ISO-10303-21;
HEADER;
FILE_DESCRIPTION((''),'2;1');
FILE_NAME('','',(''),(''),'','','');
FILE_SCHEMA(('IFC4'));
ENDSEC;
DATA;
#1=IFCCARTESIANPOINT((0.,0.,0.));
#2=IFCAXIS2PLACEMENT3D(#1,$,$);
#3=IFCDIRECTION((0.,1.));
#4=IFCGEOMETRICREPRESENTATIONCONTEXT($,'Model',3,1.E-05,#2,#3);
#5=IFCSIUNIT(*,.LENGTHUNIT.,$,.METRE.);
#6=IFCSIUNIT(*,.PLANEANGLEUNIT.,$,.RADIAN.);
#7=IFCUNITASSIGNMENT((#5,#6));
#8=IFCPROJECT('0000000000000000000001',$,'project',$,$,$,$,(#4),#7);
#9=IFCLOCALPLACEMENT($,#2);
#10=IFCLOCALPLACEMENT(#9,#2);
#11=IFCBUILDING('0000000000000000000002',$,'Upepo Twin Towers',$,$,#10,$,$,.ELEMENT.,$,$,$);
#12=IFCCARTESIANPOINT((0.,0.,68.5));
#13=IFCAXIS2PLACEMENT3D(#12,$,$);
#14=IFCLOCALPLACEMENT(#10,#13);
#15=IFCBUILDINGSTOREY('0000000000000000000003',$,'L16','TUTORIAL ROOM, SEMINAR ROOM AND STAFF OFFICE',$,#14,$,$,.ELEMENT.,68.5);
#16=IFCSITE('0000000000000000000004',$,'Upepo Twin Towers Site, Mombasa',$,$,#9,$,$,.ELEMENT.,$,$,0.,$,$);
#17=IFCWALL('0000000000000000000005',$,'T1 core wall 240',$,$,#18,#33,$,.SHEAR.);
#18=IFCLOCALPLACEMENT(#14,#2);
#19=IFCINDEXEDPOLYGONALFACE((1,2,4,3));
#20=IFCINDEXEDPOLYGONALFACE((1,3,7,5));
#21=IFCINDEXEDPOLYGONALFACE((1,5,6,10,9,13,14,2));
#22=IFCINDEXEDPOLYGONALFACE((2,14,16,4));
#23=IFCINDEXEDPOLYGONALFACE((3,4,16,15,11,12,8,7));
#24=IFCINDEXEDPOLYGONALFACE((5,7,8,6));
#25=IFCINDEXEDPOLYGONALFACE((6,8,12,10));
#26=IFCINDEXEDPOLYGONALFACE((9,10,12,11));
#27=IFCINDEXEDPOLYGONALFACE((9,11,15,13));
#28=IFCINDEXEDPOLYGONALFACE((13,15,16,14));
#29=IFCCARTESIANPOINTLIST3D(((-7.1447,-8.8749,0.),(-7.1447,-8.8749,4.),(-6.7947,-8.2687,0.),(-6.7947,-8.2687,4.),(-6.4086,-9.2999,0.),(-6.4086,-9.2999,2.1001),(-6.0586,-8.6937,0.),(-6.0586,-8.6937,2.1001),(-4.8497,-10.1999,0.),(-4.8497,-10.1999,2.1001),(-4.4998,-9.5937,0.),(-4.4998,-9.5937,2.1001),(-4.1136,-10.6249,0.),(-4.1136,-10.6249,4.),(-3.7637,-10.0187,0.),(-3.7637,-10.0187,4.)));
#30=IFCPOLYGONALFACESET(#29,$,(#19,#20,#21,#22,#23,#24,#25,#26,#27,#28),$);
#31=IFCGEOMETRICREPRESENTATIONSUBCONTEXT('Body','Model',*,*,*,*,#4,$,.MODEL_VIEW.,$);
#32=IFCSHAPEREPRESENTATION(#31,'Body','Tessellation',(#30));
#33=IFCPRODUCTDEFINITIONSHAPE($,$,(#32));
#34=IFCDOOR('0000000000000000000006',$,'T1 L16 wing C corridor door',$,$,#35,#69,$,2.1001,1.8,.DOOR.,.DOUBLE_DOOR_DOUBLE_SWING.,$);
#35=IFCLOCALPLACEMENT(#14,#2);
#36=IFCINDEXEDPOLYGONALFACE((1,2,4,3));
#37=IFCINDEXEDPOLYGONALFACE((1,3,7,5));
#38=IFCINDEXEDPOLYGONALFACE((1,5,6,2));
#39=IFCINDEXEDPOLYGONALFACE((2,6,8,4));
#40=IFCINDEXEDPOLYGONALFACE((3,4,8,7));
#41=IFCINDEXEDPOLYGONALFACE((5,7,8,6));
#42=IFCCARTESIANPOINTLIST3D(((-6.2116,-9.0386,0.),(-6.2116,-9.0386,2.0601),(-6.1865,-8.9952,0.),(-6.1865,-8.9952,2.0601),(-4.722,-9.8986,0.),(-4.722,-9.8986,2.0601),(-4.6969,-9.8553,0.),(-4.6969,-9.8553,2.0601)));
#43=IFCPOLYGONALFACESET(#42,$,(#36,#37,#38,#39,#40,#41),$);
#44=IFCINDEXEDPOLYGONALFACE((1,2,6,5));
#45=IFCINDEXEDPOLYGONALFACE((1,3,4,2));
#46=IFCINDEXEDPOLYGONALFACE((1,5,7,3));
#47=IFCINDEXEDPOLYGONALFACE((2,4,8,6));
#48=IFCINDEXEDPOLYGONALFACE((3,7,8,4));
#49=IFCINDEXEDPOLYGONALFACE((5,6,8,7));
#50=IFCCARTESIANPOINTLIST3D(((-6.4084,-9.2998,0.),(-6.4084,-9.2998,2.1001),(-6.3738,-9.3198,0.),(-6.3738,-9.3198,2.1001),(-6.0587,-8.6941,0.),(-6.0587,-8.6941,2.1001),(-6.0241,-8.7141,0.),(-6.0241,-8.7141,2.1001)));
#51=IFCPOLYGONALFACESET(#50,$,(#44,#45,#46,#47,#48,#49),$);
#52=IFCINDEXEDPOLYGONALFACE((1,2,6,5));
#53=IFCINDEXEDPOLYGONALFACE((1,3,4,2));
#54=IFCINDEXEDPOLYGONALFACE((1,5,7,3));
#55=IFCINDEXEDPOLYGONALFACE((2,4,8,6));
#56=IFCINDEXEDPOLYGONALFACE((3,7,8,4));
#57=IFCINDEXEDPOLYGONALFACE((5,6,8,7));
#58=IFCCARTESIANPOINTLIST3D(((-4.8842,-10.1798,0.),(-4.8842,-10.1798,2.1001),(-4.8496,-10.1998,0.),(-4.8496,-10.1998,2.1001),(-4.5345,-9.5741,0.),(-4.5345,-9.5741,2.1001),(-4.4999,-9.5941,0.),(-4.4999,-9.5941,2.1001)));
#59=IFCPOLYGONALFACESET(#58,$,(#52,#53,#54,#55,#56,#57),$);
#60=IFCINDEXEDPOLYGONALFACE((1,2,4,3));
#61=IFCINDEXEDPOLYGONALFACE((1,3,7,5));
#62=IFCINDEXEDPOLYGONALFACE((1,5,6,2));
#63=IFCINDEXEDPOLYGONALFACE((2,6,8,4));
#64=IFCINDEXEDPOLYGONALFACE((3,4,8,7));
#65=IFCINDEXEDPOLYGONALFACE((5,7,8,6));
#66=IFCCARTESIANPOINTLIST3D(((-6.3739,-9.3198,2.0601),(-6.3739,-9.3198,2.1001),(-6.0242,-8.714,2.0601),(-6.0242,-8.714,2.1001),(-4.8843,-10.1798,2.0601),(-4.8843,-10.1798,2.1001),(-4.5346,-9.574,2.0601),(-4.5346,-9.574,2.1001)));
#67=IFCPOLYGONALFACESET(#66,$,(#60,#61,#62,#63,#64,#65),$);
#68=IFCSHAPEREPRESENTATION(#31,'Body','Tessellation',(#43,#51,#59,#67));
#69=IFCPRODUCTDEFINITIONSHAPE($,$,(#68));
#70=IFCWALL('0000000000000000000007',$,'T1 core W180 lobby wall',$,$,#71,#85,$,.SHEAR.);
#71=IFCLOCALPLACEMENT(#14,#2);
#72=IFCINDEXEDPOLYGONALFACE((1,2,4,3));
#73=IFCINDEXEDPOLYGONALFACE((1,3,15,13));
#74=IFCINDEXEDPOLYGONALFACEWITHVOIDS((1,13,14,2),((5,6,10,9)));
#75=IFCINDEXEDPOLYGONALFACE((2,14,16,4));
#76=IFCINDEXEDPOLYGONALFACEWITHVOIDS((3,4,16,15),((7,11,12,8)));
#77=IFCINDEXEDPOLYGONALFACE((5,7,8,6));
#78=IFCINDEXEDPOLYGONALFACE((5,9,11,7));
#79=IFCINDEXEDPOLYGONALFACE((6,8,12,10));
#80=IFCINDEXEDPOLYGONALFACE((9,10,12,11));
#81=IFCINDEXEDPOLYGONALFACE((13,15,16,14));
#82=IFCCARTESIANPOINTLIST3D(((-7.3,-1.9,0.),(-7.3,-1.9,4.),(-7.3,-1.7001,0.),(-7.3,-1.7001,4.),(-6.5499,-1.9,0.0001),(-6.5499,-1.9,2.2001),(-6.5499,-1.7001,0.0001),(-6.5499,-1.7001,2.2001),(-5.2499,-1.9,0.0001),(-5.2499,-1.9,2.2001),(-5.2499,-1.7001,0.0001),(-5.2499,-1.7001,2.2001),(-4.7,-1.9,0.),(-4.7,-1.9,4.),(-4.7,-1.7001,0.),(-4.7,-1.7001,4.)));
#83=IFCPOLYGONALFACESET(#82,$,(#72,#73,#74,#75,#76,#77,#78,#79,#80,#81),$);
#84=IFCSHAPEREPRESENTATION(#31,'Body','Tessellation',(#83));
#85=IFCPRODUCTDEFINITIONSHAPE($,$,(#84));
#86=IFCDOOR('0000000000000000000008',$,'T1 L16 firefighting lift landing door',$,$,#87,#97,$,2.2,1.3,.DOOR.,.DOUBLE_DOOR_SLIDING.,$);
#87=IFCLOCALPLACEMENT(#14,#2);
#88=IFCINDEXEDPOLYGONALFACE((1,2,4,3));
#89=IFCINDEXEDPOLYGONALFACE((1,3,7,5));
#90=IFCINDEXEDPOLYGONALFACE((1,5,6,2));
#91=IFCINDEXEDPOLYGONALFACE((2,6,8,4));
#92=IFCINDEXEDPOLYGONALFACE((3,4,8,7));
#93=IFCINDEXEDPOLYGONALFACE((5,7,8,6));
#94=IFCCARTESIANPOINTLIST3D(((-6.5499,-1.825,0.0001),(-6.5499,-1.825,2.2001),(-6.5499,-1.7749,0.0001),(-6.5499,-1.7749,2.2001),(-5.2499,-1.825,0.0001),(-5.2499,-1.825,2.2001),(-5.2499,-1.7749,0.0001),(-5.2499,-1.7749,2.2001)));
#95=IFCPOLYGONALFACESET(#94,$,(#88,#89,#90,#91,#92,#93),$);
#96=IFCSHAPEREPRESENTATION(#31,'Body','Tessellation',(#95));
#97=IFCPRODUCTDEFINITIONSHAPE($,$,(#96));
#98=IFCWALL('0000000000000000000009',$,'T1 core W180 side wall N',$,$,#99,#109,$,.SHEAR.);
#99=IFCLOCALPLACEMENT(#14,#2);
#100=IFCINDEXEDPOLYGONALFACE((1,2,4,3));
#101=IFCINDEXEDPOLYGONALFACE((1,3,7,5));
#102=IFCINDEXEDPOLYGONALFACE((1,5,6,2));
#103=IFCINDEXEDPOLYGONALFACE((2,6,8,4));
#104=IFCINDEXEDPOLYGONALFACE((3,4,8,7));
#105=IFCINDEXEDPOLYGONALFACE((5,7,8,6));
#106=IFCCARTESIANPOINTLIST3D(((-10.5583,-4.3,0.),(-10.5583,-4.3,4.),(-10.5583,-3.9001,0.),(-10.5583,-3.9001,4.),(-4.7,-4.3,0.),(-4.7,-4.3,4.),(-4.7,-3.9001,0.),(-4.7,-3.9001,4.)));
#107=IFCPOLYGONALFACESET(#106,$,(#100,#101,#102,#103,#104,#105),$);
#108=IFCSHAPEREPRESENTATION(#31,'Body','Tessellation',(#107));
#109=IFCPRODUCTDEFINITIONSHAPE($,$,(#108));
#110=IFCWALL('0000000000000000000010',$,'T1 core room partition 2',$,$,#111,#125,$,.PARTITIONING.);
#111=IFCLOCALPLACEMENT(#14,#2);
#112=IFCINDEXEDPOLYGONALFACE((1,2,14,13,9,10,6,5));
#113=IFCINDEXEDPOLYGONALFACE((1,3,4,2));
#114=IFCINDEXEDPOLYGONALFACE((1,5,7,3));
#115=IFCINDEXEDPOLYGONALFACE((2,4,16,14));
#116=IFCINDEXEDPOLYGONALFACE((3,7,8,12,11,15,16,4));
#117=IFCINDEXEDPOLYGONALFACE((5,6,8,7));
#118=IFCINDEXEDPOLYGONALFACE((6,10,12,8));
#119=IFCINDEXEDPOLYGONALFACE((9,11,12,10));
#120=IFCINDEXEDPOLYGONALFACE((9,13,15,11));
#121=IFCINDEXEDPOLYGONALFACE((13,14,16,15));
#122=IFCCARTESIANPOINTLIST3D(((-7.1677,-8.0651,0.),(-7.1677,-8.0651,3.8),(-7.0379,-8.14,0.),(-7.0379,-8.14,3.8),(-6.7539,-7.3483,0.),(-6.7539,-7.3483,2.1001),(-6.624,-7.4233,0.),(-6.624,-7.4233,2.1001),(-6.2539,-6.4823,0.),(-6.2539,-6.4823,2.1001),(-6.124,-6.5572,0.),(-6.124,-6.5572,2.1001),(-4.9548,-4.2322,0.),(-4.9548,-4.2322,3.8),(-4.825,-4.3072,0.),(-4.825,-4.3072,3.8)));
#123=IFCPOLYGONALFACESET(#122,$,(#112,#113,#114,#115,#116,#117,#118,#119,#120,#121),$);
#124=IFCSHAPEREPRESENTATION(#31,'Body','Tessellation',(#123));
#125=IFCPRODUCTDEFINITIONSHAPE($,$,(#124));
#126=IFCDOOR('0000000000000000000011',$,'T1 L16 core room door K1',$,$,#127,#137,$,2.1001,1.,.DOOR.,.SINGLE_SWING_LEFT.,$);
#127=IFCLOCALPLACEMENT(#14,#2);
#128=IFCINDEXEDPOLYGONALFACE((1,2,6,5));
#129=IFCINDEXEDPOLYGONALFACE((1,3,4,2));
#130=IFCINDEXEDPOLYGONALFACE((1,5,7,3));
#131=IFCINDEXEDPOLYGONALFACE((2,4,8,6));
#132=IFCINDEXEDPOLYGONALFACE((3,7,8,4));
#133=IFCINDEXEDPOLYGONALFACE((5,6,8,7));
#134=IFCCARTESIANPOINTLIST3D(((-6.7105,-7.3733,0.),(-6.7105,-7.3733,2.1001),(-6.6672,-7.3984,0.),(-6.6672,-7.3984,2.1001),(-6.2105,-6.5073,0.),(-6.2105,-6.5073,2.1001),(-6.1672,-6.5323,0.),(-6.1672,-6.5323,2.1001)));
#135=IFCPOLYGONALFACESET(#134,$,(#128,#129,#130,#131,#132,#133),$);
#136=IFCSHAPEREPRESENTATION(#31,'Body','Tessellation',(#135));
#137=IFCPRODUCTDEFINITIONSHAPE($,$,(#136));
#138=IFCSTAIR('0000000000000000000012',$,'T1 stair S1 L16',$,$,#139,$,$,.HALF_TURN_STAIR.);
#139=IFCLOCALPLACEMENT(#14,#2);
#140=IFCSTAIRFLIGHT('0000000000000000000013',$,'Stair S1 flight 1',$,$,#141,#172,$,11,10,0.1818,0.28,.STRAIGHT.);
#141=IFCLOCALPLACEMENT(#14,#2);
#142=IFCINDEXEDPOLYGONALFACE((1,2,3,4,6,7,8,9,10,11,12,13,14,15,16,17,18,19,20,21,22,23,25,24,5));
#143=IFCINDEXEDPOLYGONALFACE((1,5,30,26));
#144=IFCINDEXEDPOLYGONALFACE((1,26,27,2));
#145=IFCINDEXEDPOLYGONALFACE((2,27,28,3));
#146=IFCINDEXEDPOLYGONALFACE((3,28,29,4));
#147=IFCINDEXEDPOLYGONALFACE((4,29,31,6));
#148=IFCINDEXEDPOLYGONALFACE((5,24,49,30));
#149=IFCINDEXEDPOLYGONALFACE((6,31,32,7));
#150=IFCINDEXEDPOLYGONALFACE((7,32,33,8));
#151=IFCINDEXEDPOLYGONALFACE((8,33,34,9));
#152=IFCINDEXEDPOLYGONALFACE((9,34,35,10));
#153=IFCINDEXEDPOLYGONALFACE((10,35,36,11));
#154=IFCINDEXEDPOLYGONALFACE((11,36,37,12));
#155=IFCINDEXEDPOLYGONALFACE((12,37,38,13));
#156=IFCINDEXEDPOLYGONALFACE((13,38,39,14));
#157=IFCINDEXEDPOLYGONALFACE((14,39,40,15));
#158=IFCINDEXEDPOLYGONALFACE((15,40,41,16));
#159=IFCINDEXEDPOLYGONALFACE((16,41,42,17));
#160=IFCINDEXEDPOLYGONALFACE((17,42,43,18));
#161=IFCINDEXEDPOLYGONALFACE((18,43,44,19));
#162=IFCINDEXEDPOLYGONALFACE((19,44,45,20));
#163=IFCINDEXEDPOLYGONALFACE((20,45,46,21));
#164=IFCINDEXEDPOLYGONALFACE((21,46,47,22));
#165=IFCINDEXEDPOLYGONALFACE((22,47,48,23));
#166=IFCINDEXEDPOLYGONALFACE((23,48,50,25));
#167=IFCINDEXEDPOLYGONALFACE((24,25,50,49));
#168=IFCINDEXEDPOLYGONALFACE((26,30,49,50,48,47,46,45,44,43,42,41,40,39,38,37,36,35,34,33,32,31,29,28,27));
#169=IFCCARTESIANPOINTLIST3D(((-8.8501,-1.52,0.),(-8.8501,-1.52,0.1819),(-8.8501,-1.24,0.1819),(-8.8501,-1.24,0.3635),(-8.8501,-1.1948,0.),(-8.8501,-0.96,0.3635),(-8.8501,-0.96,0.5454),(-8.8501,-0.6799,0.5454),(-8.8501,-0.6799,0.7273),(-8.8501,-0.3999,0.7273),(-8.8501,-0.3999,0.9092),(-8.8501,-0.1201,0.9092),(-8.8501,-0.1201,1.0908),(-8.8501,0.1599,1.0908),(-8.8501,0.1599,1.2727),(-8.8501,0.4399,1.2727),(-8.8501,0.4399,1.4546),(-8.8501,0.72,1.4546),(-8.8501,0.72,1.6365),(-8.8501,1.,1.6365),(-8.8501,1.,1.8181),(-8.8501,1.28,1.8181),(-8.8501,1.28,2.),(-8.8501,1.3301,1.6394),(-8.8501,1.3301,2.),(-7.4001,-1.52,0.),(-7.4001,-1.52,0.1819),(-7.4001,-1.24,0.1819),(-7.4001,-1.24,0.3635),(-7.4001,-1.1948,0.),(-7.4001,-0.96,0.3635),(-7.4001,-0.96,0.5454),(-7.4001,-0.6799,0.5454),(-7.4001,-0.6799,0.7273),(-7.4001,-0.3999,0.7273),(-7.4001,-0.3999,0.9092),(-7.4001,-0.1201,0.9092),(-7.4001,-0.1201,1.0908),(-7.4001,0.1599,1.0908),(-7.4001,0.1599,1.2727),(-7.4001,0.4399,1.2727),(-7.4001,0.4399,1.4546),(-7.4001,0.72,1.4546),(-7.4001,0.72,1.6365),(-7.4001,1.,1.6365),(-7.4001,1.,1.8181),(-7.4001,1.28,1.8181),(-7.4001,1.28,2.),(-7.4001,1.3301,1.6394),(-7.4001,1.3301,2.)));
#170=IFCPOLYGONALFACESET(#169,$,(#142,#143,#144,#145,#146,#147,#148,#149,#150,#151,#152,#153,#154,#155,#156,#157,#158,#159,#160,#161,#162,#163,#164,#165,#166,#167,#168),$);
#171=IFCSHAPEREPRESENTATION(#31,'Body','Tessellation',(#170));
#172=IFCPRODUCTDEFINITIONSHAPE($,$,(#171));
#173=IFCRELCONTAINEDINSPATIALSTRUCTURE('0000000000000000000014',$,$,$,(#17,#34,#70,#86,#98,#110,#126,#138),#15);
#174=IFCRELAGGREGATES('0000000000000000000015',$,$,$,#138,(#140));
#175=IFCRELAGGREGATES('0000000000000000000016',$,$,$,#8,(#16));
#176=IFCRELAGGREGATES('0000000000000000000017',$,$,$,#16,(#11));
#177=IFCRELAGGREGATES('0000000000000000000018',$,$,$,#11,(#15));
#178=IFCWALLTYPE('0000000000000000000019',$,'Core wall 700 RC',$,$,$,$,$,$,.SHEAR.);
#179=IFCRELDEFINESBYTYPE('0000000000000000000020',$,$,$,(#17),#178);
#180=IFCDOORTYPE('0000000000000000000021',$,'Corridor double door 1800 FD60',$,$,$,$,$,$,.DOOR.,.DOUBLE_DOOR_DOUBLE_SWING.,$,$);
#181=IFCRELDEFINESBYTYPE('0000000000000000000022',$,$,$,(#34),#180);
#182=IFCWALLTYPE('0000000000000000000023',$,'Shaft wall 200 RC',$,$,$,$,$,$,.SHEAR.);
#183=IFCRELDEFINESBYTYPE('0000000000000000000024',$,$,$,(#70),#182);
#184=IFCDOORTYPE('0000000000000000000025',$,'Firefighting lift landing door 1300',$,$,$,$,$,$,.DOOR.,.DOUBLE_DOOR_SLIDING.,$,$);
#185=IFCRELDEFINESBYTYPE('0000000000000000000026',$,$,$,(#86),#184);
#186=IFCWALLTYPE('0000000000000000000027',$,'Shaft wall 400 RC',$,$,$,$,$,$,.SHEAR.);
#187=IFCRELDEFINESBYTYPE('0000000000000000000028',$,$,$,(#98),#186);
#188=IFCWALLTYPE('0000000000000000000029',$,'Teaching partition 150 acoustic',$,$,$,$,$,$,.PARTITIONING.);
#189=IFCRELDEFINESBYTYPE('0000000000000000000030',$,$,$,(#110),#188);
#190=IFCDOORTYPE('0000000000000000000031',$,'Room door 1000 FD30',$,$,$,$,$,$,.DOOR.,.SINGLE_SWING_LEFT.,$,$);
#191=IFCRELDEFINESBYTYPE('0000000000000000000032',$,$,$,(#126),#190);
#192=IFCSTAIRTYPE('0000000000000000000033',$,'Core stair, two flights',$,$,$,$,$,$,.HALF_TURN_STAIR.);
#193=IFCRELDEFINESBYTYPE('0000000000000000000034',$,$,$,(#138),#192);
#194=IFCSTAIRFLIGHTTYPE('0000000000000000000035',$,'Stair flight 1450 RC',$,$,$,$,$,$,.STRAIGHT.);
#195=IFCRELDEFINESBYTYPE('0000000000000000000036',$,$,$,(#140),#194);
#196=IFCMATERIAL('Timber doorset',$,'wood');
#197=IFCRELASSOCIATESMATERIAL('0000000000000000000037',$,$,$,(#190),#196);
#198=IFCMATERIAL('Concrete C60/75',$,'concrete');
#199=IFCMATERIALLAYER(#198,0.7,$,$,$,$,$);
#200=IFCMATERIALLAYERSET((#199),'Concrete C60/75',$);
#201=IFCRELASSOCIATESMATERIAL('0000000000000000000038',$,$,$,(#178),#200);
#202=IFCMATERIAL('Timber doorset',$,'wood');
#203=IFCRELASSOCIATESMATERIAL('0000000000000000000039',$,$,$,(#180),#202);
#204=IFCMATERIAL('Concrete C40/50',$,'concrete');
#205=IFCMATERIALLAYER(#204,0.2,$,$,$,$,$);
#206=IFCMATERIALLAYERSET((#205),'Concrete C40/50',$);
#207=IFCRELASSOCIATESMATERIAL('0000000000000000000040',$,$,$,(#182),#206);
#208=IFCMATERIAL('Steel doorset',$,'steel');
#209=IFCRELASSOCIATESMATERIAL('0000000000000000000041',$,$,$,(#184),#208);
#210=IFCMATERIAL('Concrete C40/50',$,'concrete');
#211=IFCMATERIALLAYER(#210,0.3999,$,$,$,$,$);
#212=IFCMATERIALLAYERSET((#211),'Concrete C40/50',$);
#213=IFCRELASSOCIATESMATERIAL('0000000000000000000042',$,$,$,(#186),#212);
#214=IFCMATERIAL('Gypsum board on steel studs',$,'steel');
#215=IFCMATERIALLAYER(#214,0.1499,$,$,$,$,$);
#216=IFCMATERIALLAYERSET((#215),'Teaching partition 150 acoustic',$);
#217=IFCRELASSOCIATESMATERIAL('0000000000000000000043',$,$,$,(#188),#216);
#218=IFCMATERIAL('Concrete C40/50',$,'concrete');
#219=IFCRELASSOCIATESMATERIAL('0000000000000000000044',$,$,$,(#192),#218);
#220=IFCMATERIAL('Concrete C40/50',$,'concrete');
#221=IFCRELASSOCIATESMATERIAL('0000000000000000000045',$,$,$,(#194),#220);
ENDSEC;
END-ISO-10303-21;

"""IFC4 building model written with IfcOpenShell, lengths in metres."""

from ifc_helpers import new_model, si_unit, direction, frame, frame_2d, origin, place, context, subcontext, project, spatial, polyline, rectangle, outline, extrude, material, layer, layer_set, type_object, element, fill, aggregate, save


model = new_model("IFC4")

# Units and contexts
model_context = context("Model", 3, precision=1e-05, world=origin(), true_north=direction((0.0, 1.0)))
body_context = subcontext(model_context, "Body", "Model", "MODEL_VIEW")
ifc_project = project(units=[si_unit("LENGTHUNIT", "METRE"), si_unit("PLANEANGLEUNIT", "RADIAN")], contexts=[model_context])

# Site, building, storey
site_placement = place(None, origin())
site = spatial("IfcSite", under=ifc_project, at=site_placement, Name="Upepo Twin Towers Site, Mombasa", CompositionType="ELEMENT", RefElevation=0.0)
building_placement = place(site_placement, origin())
building = spatial("IfcBuilding", under=site, at=building_placement, Name="Upepo Twin Towers", CompositionType="ELEMENT")
storey_placement = place(building_placement, frame((0.0, 0.0, 68.5)))
storey = spatial("IfcBuildingStorey", under=building, at=storey_placement, Name="L16", Description="TUTORIAL ROOM, SEMINAR ROOM AND STAFF OFFICE", CompositionType="ELEMENT", Elevation=68.5)

# Shared definitions
ifc_material_1 = material(Name="Timber doorset", Category="wood")
door_type_1 = type_object("IfcDoorType", Name="Room door 1000 FD30", OperationType="SINGLE_SWING_LEFT", PredefinedType="DOOR", material=ifc_material_1)

# Shared definitions
ifc_material_2 = material(Name="Concrete C60/75", Category="concrete")
ifc_layer_1 = layer(ifc_material_2, 0.7)
ifc_layer_set_1 = layer_set([ifc_layer_1], Name="Concrete C60/75")
wall_type_1 = type_object("IfcWallType", Name="Core wall 700 RC", PredefinedType="SHEAR", material=ifc_layer_set_1)

# Walls, openings, doors
wall_1_placement = place(storey_placement, frame((-6.9697, -8.5718, 0.0), z_axis=(0.0, 0.0, 1.0), x_axis=(0.866019, -0.50001, 0.0)))
wall_1 = element("IfcWall", 1, at=wall_1_placement, inside=storey, type_object=wall_type_1, Name="T1 core wall 240", PredefinedType="SHEAR", context=body_context, shape_type="SweptSolid", body=[
    extrude(rectangle(XDim=3.5, YDim=0.7, at=frame_2d((1.75, 0.0))), origin(), (0.0, 0.0, 1.0), 4.0),
])
opening_1_placement = place(wall_1_placement, frame((0.8501, 0.0, 0.0)))
opening_1 = element("IfcOpeningElement", 2, at=opening_1_placement, cuts=wall_1, PredefinedType="OPENING", context=body_context, shape_type="SweptSolid", body=[
    extrude(rectangle(XDim=1.8, YDim=2.1001, at=frame_2d((0.8999, 1.05))), frame((0.0, 0.3599, 0.0), z_axis=(0.0, -1.0, 0.0), x_axis=(1.0, 0.0, 0.0)), (0.0, 0.0, 1.0), 0.72),
])
ifc_material_3 = material(Name="Timber doorset", Category="wood")
door_type_2 = type_object("IfcDoorType", Name="Corridor double door 1800 FD60", OperationType="DOUBLE_DOOR_DOUBLE_SWING", PredefinedType="DOOR", material=ifc_material_3)
door_1_placement = place(opening_1_placement, origin())
door_1 = element("IfcDoor", 3, at=door_1_placement, inside=storey, type_object=door_type_2, Name="T1 L16 wing C corridor door", OperationType="DOUBLE_DOOR_DOUBLE_SWING", OverallHeight=2.1001, OverallWidth=1.8, PredefinedType="DOOR", context=body_context, shape_type="SweptSolid", body=[
    extrude(rectangle(XDim=1.72, YDim=2.0601, at=frame_2d((0.8999, 1.03))), frame((0.0, 0.0249, 0.0), z_axis=(0.0, -1.0, 0.0), x_axis=(1.0, 0.0, 0.0)), (0.0, 0.0, 1.0), 0.05),
    extrude(rectangle(XDim=0.04, YDim=2.1001, at=frame_2d((0.02, 1.05))), frame((0.0, 0.3496, 0.0), z_axis=(0.0, -1.0, 0.0), x_axis=(1.0, 0.0, 0.0)), (0.0, 0.0, 1.0), 0.6995),
    extrude(rectangle(XDim=0.04, YDim=2.1001, at=frame_2d((1.78, 1.05))), frame((0.0, 0.3496, 0.0), z_axis=(0.0, -1.0, 0.0), x_axis=(1.0, 0.0, 0.0)), (0.0, 0.0, 1.0), 0.6995),
    extrude(rectangle(XDim=1.72, YDim=0.04, at=frame_2d((0.8999, 2.0801))), frame((0.0, 0.3496, 0.0), z_axis=(0.0, -1.0, 0.0), x_axis=(1.0, 0.0, 0.0)), (0.0, 0.0, 1.0), 0.6995),
])
fill(opening_1, door_1)
ifc_material_4 = material(Name="Concrete C40/50", Category="concrete")
ifc_layer_2 = layer(ifc_material_4, 0.2)
ifc_layer_set_2 = layer_set([ifc_layer_2], Name="Concrete C40/50")
wall_type_2 = type_object("IfcWallType", Name="Shaft wall 200 RC", PredefinedType="SHEAR", material=ifc_layer_set_2)
wall_2_placement = place(storey_placement, frame((-4.7, -1.8, 0.0), z_axis=(0.0, 0.0, 1.0), x_axis=(-1.0, 0.0, 0.0)))
wall_2 = element("IfcWall", 4, at=wall_2_placement, inside=storey, type_object=wall_type_2, Name="T1 core W180 lobby wall", PredefinedType="SHEAR", context=body_context, shape_type="SweptSolid", body=[
    extrude(rectangle(XDim=2.6001, YDim=0.2, at=frame_2d((1.3, 0.0))), origin(), (0.0, 0.0, 1.0), 4.0),
])
opening_2_placement = place(wall_2_placement, frame((0.55, 0.0, 0.0)))
opening_2 = element("IfcOpeningElement", 5, at=opening_2_placement, cuts=wall_2, PredefinedType="OPENING", context=body_context, shape_type="SweptSolid", body=[
    extrude(rectangle(XDim=1.3, YDim=2.2, at=frame_2d((0.6499, 1.1001))), frame((0.0, 0.1099, 0.0), z_axis=(0.0, -1.0, 0.0), x_axis=(1.0, 0.0, 0.0)), (0.0, 0.0, 1.0), 0.22),
])
ifc_material_5 = material(Name="Steel doorset", Category="steel")
door_type_3 = type_object("IfcDoorType", Name="Firefighting lift landing door 1300", OperationType="DOUBLE_DOOR_SLIDING", PredefinedType="DOOR", material=ifc_material_5)
door_2_placement = place(opening_2_placement, origin())
door_2 = element("IfcDoor", 6, at=door_2_placement, inside=storey, type_object=door_type_3, Name="T1 L16 firefighting lift landing door", OperationType="DOUBLE_DOOR_SLIDING", OverallHeight=2.2, OverallWidth=1.3, PredefinedType="DOOR", context=body_context, shape_type="SweptSolid", body=[
    extrude(rectangle(XDim=1.3, YDim=2.2, at=frame_2d((0.6499, 1.1001))), frame((0.0, 0.0249, 0.0), z_axis=(0.0, -1.0, 0.0), x_axis=(1.0, 0.0, 0.0)), (0.0, 0.0, 1.0), 0.05),
])
fill(opening_2, door_2)

# Wall
ifc_material_6 = material(Name="Concrete C40/50", Category="concrete")
ifc_layer_3 = layer(ifc_material_6, 0.3999)
ifc_layer_set_3 = layer_set([ifc_layer_3], Name="Concrete C40/50")
wall_type_3 = type_object("IfcWallType", Name="Shaft wall 400 RC", PredefinedType="SHEAR", material=ifc_layer_set_3)
wall_3_placement = place(storey_placement, frame((-4.7, -4.1001, 0.0), z_axis=(0.0, 0.0, 1.0), x_axis=(-1.0, 0.0, 0.0)))
element("IfcWall", 7, at=wall_3_placement, inside=storey, type_object=wall_type_3, Name="T1 core W180 side wall N", PredefinedType="SHEAR", context=body_context, shape_type="SweptSolid", body=[
    extrude(rectangle(XDim=5.8584, YDim=0.3999, at=frame_2d((2.9292, 0.0))), origin(), (0.0, 0.0, 1.0), 4.0),
])

# Wall, opening, door
ifc_material_7 = material(Name="Gypsum board on steel studs", Category="steel")
ifc_layer_4 = layer(ifc_material_7, 0.1499)
ifc_layer_set_4 = layer_set([ifc_layer_4], Name="Teaching partition 150 acoustic")
wall_type_4 = type_object("IfcWallType", Name="Teaching partition 150 acoustic", PredefinedType="PARTITIONING", material=ifc_layer_set_4)
wall_4_placement = place(storey_placement, frame((-7.1028, -8.1025, 0.0), z_axis=(0.0, 0.0, 1.0), x_axis=(0.500007, 0.866021, 0.0)))
wall_4 = element("IfcWall", 8, at=wall_4_placement, inside=storey, type_object=wall_type_4, Name="T1 core room partition 2", PredefinedType="PARTITIONING", context=body_context, shape_type="SweptSolid", body=[
    extrude(rectangle(XDim=4.4258, YDim=0.1499, at=frame_2d((2.2129, 0.0))), origin(), (0.0, 0.0, 1.0), 3.8),
])
opening_3_placement = place(wall_4_placement, frame((0.8276, 0.0, 0.0)))
opening_3 = element("IfcOpeningElement", 9, at=opening_3_placement, cuts=wall_4, PredefinedType="OPENING", context=body_context, shape_type="SweptSolid", body=[
    extrude(rectangle(XDim=1.0, YDim=2.1001, at=frame_2d((0.5, 1.05))), frame((0.0, 0.085, 0.0), z_axis=(0.0, -1.0, 0.0), x_axis=(1.0, 0.0, 0.0)), (0.0, 0.0, 1.0), 0.1699),
])
door_3_placement = place(opening_3_placement, origin())
door_3 = element("IfcDoor", 10, at=door_3_placement, inside=storey, type_object=door_type_1, Name="T1 L16 core room door K1", OperationType="SINGLE_SWING_LEFT", OverallHeight=2.1001, OverallWidth=1.0, PredefinedType="DOOR", context=body_context, shape_type="SweptSolid", body=[
    extrude(rectangle(XDim=1.0, YDim=2.1001, at=frame_2d((0.5, 1.05))), frame((0.0, 0.0249, 0.0), z_axis=(0.0, -1.0, 0.0), x_axis=(1.0, 0.0, 0.0)), (0.0, 0.0, 1.0), 0.05),
])
fill(opening_3, door_3)

# Stair, stair flight
ifc_material_8 = material(Name="Concrete C40/50", Category="concrete")
stair_type = type_object("IfcStairType", Name="Core stair, two flights", PredefinedType="HALF_TURN_STAIR", material=ifc_material_8)
stair_placement = place(storey_placement, origin())
stair = element("IfcStair", 11, at=stair_placement, inside=storey, type_object=stair_type, Name="T1 stair S1 L16", PredefinedType="HALF_TURN_STAIR")
ifc_material_9 = material(Name="Concrete C40/50", Category="concrete")
stair_flight_type = type_object("IfcStairFlightType", Name="Stair flight 1450 RC", PredefinedType="STRAIGHT", material=ifc_material_9)
stair_flight_placement = place(storey_placement, frame((-8.125, -1.52, 0.0), z_axis=(0.0, 0.0, 1.0), x_axis=(0.0, 1.0, 0.0)))
stair_flight = element("IfcStairFlight", 12, at=stair_flight_placement, type_object=stair_flight_type, Name="Stair S1 flight 1", NumberOfRisers=11, NumberOfTreads=10, PredefinedType="STRAIGHT", RiserHeight=0.1818, TreadLength=0.28, context=body_context, shape_type="SweptSolid", body=[
    extrude(outline(polyline([(0.0, 0.0), (0.0, 0.1819), (0.28, 0.1819), (0.28, 0.3635), (0.5601, 0.3635), (0.5601, 0.5454), (0.8401, 0.5454), (0.8401, 0.7273), (1.1201, 0.7273), (1.1201, 0.9092), (1.3999, 0.9092), (1.3999, 1.0908), (1.6799, 1.0908), (1.6799, 1.2727), (1.96, 1.2727), (1.96, 1.4546), (2.24, 1.4546), (2.24, 1.6365), (2.52, 1.6365), (2.52, 1.8181), (2.8, 1.8181), (2.8, 2.0), (2.8501, 2.0), (2.8501, 1.6394), (0.3252, 0.0), (0.0, 0.0)])), frame((0.0, 0.7251, 0.0), z_axis=(0.0, -1.0, 0.0), x_axis=(1.0, 0.0, 0.0)), (0.0, 0.0, 1.0), 1.45),
])
aggregate(stair, [stair_flight])

save(model, "model.ifc")
